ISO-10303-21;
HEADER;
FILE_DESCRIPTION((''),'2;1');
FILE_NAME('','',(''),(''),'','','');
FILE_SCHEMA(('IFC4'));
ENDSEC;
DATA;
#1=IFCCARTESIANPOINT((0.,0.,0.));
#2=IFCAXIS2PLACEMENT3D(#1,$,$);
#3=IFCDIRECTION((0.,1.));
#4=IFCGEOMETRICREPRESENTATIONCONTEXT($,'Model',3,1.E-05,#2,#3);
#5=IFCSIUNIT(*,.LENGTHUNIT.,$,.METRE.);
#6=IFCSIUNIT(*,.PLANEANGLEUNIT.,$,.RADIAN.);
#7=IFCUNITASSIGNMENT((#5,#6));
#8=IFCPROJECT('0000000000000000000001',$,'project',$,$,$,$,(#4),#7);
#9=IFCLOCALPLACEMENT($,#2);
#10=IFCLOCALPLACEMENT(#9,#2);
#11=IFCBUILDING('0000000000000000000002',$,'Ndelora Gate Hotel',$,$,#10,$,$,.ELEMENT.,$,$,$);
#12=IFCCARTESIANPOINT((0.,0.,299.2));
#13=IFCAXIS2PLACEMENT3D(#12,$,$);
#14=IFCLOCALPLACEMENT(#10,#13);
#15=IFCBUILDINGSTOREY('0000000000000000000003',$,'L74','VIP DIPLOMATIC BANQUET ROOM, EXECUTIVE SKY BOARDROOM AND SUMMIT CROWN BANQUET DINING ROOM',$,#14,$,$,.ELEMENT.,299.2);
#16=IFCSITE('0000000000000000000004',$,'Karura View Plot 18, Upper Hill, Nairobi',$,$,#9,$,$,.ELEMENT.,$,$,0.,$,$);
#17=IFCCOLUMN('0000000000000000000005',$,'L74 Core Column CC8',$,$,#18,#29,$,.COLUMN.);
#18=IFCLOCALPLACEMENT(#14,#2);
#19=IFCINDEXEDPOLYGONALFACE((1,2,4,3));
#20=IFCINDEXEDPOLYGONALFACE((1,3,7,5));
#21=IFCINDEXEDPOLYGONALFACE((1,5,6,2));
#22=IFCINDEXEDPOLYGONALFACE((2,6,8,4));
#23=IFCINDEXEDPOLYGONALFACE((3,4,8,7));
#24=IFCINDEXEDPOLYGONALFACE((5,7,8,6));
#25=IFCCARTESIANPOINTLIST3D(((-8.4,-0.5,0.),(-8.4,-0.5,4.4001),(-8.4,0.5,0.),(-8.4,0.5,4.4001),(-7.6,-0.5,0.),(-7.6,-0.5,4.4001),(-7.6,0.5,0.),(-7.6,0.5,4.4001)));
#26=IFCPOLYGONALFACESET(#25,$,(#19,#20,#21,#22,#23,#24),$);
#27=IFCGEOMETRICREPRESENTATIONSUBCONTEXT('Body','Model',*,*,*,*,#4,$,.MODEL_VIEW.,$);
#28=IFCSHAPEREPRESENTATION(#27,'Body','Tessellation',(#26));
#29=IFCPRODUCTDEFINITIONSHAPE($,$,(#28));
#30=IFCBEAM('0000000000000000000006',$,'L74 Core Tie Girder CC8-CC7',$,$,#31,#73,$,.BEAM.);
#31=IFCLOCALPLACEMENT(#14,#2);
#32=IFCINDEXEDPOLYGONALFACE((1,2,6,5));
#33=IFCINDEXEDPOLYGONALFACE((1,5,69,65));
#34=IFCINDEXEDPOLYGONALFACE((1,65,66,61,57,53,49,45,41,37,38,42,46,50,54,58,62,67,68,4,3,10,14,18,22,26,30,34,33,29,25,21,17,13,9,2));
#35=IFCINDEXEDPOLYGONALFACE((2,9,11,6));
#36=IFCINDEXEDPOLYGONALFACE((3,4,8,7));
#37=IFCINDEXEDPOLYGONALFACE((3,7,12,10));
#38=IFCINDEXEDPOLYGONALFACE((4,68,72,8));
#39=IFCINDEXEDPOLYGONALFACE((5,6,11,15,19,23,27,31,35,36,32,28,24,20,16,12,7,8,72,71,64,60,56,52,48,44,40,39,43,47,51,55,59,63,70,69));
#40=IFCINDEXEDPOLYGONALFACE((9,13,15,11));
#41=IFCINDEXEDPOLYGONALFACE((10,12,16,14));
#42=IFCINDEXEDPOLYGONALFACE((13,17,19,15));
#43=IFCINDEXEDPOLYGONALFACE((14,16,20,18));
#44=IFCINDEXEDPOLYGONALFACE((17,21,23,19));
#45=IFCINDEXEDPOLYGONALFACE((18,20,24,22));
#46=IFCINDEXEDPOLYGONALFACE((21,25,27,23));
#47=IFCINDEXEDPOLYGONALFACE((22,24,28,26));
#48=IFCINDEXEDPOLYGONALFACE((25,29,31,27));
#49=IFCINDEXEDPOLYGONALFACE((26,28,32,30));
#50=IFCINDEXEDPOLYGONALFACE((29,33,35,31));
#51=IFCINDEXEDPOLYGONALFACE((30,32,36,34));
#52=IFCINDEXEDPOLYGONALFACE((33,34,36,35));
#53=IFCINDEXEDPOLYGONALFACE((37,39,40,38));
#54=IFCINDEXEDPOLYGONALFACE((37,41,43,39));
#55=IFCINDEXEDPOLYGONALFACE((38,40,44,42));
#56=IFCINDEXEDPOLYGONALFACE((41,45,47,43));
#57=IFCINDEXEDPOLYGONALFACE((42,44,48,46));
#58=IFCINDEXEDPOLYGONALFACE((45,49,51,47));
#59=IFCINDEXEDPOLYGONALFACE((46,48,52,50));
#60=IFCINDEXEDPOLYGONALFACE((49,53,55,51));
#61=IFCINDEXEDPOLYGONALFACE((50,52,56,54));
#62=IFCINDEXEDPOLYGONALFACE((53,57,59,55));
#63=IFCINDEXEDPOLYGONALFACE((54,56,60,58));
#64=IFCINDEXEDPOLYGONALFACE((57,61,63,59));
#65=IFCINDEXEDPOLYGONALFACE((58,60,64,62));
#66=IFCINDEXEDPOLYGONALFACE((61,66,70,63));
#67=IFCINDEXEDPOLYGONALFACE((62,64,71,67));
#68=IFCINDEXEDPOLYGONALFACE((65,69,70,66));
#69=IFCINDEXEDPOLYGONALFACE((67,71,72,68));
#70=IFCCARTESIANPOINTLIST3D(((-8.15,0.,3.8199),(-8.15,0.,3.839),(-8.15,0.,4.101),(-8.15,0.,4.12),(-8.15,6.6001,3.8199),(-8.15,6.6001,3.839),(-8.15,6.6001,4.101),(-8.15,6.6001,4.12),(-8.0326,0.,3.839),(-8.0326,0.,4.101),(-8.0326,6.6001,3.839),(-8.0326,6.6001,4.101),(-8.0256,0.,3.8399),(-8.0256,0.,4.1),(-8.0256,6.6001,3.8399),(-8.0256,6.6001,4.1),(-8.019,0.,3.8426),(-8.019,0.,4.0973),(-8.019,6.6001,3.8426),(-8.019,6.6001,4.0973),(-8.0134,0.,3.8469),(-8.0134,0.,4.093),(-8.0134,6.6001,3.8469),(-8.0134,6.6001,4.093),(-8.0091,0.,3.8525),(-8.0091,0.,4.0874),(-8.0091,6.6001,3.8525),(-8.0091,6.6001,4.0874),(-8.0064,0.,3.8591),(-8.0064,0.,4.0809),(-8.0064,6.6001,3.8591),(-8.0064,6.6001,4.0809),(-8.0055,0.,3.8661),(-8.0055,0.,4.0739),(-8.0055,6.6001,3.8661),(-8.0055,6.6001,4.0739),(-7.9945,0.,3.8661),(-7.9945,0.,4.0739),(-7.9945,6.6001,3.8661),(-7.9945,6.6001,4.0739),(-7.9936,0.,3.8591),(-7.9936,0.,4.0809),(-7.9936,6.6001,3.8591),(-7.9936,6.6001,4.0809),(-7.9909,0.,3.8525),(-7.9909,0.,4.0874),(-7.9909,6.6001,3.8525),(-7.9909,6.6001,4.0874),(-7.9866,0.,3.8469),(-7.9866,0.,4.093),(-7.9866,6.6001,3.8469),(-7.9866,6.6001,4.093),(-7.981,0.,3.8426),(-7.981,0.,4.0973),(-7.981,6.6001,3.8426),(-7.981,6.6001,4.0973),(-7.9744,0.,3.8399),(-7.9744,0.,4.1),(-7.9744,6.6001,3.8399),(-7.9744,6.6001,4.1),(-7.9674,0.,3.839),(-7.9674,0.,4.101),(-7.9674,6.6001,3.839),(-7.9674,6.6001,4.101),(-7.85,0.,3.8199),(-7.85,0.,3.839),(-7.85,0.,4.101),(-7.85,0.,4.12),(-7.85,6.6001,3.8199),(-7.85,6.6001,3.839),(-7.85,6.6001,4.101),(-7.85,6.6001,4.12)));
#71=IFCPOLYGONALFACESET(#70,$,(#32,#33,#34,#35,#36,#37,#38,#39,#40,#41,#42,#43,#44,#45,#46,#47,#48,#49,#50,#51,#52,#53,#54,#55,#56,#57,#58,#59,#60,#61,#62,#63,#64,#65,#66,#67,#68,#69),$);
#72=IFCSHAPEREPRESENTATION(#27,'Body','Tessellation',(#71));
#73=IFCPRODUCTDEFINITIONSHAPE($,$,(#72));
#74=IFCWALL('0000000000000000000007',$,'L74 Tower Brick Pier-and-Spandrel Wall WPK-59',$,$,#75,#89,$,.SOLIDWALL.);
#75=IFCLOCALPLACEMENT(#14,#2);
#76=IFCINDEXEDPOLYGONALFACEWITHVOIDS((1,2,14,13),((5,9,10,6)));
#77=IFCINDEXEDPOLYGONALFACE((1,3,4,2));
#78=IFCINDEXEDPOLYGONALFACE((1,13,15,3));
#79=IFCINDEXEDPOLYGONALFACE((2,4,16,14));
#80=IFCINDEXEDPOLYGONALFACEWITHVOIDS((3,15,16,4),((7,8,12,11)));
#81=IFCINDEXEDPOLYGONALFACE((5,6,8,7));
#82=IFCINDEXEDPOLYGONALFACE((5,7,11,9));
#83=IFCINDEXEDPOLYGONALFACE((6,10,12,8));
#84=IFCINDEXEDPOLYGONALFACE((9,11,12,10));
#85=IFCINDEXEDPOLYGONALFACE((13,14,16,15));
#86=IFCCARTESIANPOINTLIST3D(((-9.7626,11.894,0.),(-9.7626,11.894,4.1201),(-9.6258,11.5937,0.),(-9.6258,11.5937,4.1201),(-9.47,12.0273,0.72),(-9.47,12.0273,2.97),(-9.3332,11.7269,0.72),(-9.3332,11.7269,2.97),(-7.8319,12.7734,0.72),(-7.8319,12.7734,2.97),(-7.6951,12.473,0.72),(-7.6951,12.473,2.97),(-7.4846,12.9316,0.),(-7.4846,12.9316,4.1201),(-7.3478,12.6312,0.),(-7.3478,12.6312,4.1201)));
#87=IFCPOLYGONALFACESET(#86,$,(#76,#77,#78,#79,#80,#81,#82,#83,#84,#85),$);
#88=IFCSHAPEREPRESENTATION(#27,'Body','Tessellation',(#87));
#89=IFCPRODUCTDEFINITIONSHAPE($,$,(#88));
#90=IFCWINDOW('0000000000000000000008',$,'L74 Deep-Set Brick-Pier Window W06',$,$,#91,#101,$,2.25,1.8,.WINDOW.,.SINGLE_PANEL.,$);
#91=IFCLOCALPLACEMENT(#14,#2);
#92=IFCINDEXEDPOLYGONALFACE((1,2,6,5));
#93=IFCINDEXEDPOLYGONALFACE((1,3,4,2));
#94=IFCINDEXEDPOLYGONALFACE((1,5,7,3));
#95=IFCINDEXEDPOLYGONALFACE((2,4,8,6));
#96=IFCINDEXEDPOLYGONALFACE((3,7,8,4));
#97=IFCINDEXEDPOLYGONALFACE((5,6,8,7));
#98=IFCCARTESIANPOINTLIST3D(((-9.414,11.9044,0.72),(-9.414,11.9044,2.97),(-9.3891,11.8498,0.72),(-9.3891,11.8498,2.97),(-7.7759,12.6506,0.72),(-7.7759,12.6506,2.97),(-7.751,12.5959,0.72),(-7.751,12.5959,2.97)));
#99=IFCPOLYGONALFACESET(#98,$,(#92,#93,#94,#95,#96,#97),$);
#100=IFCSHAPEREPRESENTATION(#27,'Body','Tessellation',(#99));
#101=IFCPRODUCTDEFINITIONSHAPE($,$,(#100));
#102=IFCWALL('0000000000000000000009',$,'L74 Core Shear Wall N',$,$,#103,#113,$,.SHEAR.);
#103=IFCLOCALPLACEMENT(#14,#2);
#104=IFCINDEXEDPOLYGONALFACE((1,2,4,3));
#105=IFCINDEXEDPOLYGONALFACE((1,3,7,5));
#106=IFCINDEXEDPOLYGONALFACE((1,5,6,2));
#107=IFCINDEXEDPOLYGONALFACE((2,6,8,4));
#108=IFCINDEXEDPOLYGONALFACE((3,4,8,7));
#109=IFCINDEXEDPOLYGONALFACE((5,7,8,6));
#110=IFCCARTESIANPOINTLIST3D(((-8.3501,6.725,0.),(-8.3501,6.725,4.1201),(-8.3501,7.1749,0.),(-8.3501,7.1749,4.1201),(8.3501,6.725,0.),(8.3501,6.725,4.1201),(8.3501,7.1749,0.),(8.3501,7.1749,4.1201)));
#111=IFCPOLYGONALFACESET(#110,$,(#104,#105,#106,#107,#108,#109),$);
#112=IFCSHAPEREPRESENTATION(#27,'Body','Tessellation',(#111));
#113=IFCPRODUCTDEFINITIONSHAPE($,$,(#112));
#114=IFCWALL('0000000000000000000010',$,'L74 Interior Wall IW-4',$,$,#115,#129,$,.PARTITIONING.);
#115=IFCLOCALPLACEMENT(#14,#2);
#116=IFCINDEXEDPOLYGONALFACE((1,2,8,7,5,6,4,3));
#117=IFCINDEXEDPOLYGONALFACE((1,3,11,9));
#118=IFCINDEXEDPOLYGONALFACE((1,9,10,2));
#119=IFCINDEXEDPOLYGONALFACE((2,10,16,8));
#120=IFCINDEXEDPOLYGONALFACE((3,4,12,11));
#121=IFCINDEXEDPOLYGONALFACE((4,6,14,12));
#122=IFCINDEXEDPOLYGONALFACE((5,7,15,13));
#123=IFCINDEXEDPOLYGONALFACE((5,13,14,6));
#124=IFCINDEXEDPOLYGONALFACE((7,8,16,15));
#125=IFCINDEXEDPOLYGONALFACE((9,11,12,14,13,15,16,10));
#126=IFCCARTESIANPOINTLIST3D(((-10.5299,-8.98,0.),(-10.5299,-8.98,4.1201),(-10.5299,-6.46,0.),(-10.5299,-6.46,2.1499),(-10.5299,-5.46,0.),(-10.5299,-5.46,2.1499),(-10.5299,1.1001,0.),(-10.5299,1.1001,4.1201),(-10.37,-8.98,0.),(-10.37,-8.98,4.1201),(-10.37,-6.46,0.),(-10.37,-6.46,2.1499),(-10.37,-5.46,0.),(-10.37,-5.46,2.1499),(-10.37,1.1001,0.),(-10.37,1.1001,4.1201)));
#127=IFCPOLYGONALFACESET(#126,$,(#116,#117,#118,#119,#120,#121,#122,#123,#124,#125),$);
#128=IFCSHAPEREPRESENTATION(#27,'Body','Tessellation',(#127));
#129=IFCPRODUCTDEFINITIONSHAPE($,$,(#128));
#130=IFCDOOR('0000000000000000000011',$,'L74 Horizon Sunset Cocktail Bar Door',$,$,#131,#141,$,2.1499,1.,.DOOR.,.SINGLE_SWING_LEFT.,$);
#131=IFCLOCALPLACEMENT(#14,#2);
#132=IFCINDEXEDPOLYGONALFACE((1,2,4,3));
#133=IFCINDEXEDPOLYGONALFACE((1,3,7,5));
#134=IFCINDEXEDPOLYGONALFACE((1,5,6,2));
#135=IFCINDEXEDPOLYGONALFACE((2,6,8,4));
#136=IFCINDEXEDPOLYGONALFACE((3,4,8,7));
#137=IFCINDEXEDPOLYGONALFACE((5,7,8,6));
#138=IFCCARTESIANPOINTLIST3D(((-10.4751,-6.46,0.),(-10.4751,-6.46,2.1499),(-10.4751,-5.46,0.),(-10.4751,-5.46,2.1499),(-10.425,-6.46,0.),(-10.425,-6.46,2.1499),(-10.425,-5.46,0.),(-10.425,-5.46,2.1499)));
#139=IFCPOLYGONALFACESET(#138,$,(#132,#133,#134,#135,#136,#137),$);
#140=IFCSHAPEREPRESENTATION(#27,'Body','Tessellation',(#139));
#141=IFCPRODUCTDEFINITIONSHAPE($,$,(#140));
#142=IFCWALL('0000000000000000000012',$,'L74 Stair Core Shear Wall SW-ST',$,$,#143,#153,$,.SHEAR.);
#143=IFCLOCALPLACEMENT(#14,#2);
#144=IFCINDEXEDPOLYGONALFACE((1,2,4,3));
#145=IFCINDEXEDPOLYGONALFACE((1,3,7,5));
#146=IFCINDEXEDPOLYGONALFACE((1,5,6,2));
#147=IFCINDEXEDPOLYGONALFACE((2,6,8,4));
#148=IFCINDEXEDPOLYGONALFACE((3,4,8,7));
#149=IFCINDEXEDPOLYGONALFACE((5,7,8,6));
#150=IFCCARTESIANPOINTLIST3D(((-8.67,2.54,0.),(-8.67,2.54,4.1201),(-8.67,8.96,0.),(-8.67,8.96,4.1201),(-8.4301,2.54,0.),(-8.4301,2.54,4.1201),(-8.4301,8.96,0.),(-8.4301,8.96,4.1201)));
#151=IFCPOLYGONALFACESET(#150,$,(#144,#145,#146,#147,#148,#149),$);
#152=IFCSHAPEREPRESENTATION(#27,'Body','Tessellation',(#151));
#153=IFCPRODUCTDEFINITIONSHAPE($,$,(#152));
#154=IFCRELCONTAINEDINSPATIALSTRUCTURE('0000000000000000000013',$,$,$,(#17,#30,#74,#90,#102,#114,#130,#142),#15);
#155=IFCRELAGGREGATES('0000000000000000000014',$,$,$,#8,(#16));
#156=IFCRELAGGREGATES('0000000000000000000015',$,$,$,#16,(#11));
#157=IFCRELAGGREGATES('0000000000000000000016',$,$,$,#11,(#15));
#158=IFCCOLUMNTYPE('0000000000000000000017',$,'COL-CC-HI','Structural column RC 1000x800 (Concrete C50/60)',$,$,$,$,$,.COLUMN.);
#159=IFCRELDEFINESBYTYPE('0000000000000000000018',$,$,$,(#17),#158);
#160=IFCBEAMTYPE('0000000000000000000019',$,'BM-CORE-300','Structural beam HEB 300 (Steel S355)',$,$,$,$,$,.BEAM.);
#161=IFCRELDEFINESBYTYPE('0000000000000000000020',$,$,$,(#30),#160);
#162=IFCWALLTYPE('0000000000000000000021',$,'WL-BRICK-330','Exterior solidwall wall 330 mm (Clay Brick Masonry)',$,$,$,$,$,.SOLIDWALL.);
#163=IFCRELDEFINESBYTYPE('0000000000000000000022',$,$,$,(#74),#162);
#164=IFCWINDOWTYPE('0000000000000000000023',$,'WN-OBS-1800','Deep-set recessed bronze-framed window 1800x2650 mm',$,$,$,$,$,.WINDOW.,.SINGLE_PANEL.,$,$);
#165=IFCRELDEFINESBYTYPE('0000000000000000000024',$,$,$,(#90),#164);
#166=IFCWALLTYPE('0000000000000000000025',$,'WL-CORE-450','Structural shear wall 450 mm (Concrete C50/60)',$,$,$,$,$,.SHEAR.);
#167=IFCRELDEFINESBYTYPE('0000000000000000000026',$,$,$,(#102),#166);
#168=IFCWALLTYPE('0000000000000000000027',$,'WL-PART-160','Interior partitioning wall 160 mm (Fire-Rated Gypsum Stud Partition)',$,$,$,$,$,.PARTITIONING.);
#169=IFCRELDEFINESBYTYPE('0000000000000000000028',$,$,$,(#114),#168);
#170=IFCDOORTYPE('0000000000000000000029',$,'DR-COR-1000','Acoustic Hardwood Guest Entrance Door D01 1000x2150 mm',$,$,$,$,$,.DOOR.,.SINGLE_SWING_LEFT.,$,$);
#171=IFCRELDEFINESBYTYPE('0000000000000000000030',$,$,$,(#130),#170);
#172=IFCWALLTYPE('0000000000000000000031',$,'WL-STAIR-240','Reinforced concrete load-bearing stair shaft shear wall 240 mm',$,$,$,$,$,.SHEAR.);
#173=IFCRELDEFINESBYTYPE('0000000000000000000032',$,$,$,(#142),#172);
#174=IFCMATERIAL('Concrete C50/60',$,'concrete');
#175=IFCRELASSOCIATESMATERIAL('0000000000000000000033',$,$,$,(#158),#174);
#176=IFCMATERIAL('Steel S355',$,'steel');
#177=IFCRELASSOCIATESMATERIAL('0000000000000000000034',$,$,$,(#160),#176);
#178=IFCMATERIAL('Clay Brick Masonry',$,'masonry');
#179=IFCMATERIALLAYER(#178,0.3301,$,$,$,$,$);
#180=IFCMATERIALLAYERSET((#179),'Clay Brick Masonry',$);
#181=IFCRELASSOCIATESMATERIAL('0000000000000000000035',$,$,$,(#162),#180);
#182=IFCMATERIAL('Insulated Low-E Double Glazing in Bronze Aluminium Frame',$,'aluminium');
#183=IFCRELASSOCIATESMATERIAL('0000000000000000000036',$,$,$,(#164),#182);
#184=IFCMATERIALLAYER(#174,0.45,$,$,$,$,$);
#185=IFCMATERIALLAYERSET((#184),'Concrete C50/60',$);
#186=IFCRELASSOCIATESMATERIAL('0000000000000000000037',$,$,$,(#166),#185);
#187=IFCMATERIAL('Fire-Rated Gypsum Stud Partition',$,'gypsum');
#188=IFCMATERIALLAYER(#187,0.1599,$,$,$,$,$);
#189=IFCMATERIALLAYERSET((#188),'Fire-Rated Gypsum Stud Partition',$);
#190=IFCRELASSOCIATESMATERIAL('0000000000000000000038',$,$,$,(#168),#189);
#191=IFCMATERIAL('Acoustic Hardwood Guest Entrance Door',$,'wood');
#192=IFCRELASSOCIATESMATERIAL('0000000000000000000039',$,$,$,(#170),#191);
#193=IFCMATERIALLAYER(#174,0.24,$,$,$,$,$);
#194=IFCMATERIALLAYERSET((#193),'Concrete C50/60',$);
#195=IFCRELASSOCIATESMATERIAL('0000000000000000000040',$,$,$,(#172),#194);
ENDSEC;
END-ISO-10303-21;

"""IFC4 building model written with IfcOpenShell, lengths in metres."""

from ifc_helpers import new_model, si_unit, direction, frame, frame_2d, origin, origin_2d, place, context, subcontext, project, spatial, rectangle, i_section, extrude, material, layer, layer_set, material_profile, profile_set, type_object, element, fill, save


model = new_model("IFC4")

# Units and contexts
model_context = context("Model", 3, precision=1e-05, world=origin(), true_north=direction((0.0, 1.0)))
body_context = subcontext(model_context, "Body", "Model", "MODEL_VIEW")
ifc_project = project(units=[si_unit("LENGTHUNIT", "METRE"), si_unit("PLANEANGLEUNIT", "RADIAN")], contexts=[model_context])

# Site, building, storey
site_placement = place(None, origin())
site = spatial("IfcSite", under=ifc_project, at=site_placement, Name="Karura View Plot 18, Upper Hill, Nairobi", CompositionType="ELEMENT", RefElevation=0.0)
building_placement = place(site_placement, origin())
building = spatial("IfcBuilding", under=site, at=building_placement, Name="Ndelora Gate Hotel", CompositionType="ELEMENT")
storey_placement = place(building_placement, frame((0.0, 0.0, 299.2)))
storey = spatial("IfcBuildingStorey", under=building, at=storey_placement, Name="L74", Description="VIP DIPLOMATIC BANQUET ROOM, EXECUTIVE SKY BOARDROOM AND SUMMIT CROWN BANQUET DINING ROOM", CompositionType="ELEMENT", Elevation=299.2)

# Column
ifc_material_1 = material(Name="Concrete C50/60", Category="concrete")
ifc_material_profile_1 = material_profile(ifc_material_1, rectangle(XDim=0.8, YDim=1.0, at=origin_2d()), Name="RC 1000x800")
ifc_profile_set_1 = profile_set([ifc_material_profile_1], Name="Concrete C50/60")
column_type = type_object("IfcColumnType", Name="COL-CC-HI", Description="Structural column RC 1000x800 (Concrete C50/60)", PredefinedType="COLUMN", material=ifc_profile_set_1)
column_placement = place(storey_placement, frame((-8.0, 0.0, 0.0), z_axis=(0.0, 0.0, 1.0), x_axis=(1.0, 0.0, 0.0)))
element("IfcColumn", 1, at=column_placement, inside=storey, type_object=column_type, Name="L74 Core Column CC8", PredefinedType="COLUMN", context=body_context, shape_type="SweptSolid", body=[
    extrude(rectangle(XDim=0.8, YDim=1.0, at=origin_2d()), origin(), (0.0, 0.0, 1.0), 4.4001),
])

# Beam
ifc_material_2 = material(Name="Steel S355", Category="steel")
ifc_material_profile_2 = material_profile(ifc_material_2, i_section(OverallWidth=0.3, OverallDepth=0.3, WebThickness=0.011, FlangeThickness=0.019, FilletRadius=0.0271, at=origin_2d()), Name="HEB 300")
ifc_profile_set_2 = profile_set([ifc_material_profile_2], Name="Steel S355")
beam_type = type_object("IfcBeamType", Name="BM-CORE-300", Description="Structural beam HEB 300 (Steel S355)", PredefinedType="BEAM", material=ifc_profile_set_2)
beam_placement = place(storey_placement, frame((-8.0, 0.0, 3.97), z_axis=(0.0, 1.0, 0.0), x_axis=(-1.0, 0.0, 0.0)))
element("IfcBeam", 2, at=beam_placement, inside=storey, type_object=beam_type, Name="L74 Core Tie Girder CC8-CC7", PredefinedType="BEAM", context=body_context, shape_type="SweptSolid", body=[
    extrude(i_section(OverallWidth=0.3, OverallDepth=0.3, WebThickness=0.011, FlangeThickness=0.019, FilletRadius=0.0271, at=origin_2d()), origin(), (0.0, 0.0, 1.0), 6.6001),
])

# Wall, opening, window
ifc_material_3 = material(Name="Clay Brick Masonry", Category="masonry")
ifc_layer_1 = layer(ifc_material_3, 0.3301)
ifc_layer_set_1 = layer_set([ifc_layer_1], Name="Clay Brick Masonry")
wall_type_1 = type_object("IfcWallType", Name="WL-BRICK-330", Description="Exterior solidwall wall 330 mm (Clay Brick Masonry)", PredefinedType="SOLIDWALL", material=ifc_layer_set_1)
wall_1_placement = place(storey_placement, frame((-9.6941, 11.7439, 0.0), z_axis=(0.0, 0.0, 1.0), x_axis=(0.910049, 0.414501, 0.0)))
wall_1 = element("IfcWall", 3, at=wall_1_placement, inside=storey, type_object=wall_type_1, Name="L74 Tower Brick Pier-and-Spandrel Wall WPK-59", PredefinedType="SOLIDWALL", context=body_context, shape_type="SweptSolid", body=[
    extrude(rectangle(XDim=2.5032, YDim=0.3301, at=frame_2d((1.2515, 0.0))), origin(), (0.0, 0.0, 1.0), 4.1201),
])
opening_1_placement = place(wall_1_placement, frame((0.3215, 0.0, 0.72)))
opening_1 = element("IfcOpeningElement", 4, at=opening_1_placement, cuts=wall_1, PredefinedType="OPENING", context=body_context, shape_type="SweptSolid", body=[
    extrude(rectangle(XDim=1.8, YDim=2.25, at=frame_2d((0.8999, 1.125))), frame((0.0, 0.175, 0.0), z_axis=(0.0, -1.0, 0.0), x_axis=(1.0, 0.0, 0.0)), (0.0, 0.0, 1.0), 0.3501),
])
ifc_material_4 = material(Name="Insulated Low-E Double Glazing in Bronze Aluminium Frame", Category="aluminium")
window_type = type_object("IfcWindowType", Name="WN-OBS-1800", Description="Deep-set recessed bronze-framed window 1800x2650 mm", PartitioningType="SINGLE_PANEL", PredefinedType="WINDOW", material=ifc_material_4)
window_placement = place(opening_1_placement, origin())
window = element("IfcWindow", 5, at=window_placement, inside=storey, type_object=window_type, Name="L74 Deep-Set Brick-Pier Window W06", OverallHeight=2.25, OverallWidth=1.8, PartitioningType="SINGLE_PANEL", PredefinedType="WINDOW", context=body_context, shape_type="SweptSolid", body=[
    extrude(rectangle(XDim=1.8, YDim=2.25, at=frame_2d((0.8999, 1.125))), frame((0.0, 0.03, 0.0), z_axis=(0.0, -1.0, 0.0), x_axis=(1.0, 0.0, 0.0)), (0.0, 0.0, 1.0), 0.0601),
])
fill(opening_1, window)

# Wall
ifc_layer_2 = layer(ifc_material_1, 0.45)
ifc_layer_set_2 = layer_set([ifc_layer_2], Name="Concrete C50/60")
wall_type_2 = type_object("IfcWallType", Name="WL-CORE-450", Description="Structural shear wall 450 mm (Concrete C50/60)", PredefinedType="SHEAR", material=ifc_layer_set_2)
wall_2_placement = place(storey_placement, frame((-8.3501, 6.95, 0.0), z_axis=(0.0, 0.0, 1.0), x_axis=(1.0, 0.0, 0.0)))
element("IfcWall", 6, at=wall_2_placement, inside=storey, type_object=wall_type_2, Name="L74 Core Shear Wall N", PredefinedType="SHEAR", context=body_context, shape_type="SweptSolid", body=[
    extrude(rectangle(XDim=16.7002, YDim=0.45, at=frame_2d((8.3501, 0.0))), origin(), (0.0, 0.0, 1.0), 4.1201),
])

# Wall, opening, door
ifc_material_5 = material(Name="Fire-Rated Gypsum Stud Partition", Category="gypsum")
ifc_layer_3 = layer(ifc_material_5, 0.1599)
ifc_layer_set_3 = layer_set([ifc_layer_3], Name="Fire-Rated Gypsum Stud Partition")
wall_type_3 = type_object("IfcWallType", Name="WL-PART-160", Description="Interior partitioning wall 160 mm (Fire-Rated Gypsum Stud Partition)", PredefinedType="PARTITIONING", material=ifc_layer_set_3)
wall_3_placement = place(storey_placement, frame((-10.45, 1.1001, 0.0), z_axis=(0.0, 0.0, 1.0), x_axis=(0.0, -1.0, 0.0)))
wall_3 = element("IfcWall", 7, at=wall_3_placement, inside=storey, type_object=wall_type_3, Name="L74 Interior Wall IW-4", PredefinedType="PARTITIONING", context=body_context, shape_type="SweptSolid", body=[
    extrude(rectangle(XDim=10.0801, YDim=0.1599, at=frame_2d((5.04, 0.0))), origin(), (0.0, 0.0, 1.0), 4.1201),
])
opening_2_placement = place(wall_3_placement, frame((6.5601, 0.0, 0.0)))
opening_2 = element("IfcOpeningElement", 8, at=opening_2_placement, cuts=wall_3, PredefinedType="OPENING", context=body_context, shape_type="SweptSolid", body=[
    extrude(rectangle(XDim=1.0, YDim=2.1499, at=frame_2d((0.5, 1.075))), frame((0.0, 0.0898, 0.0), z_axis=(0.0, -1.0, 0.0), x_axis=(1.0, 0.0, 0.0)), (0.0, 0.0, 1.0), 0.1799),
])
ifc_material_6 = material(Name="Acoustic Hardwood Guest Entrance Door", Category="wood")
door_type_1 = type_object("IfcDoorType", Name="DR-COR-1000", Description="Acoustic Hardwood Guest Entrance Door D01 1000x2150 mm", OperationType="SINGLE_SWING_LEFT", PredefinedType="DOOR", material=ifc_material_6)
door_1_placement = place(opening_2_placement, origin())
door_1 = element("IfcDoor", 9, at=door_1_placement, inside=storey, type_object=door_type_1, Name="L74 Horizon Sunset Cocktail Bar Door", OperationType="SINGLE_SWING_LEFT", OverallHeight=2.1499, OverallWidth=1.0, PredefinedType="DOOR", context=body_context, shape_type="SweptSolid", body=[
    extrude(rectangle(XDim=1.0, YDim=2.1499, at=frame_2d((0.5, 1.075))), frame((0.0, 0.0249, 0.0), z_axis=(0.0, -1.0, 0.0), x_axis=(1.0, 0.0, 0.0)), (0.0, 0.0, 1.0), 0.05),
])
fill(opening_2, door_1)

# Wall
ifc_layer_4 = layer(ifc_material_1, 0.24)
ifc_layer_set_4 = layer_set([ifc_layer_4], Name="Concrete C50/60")
wall_type_4 = type_object("IfcWallType", Name="WL-STAIR-240", Description="Reinforced concrete load-bearing stair shaft shear wall 240 mm", PredefinedType="SHEAR", material=ifc_layer_set_4)
wall_4_placement = place(storey_placement, frame((-8.55, 2.54, 0.0), z_axis=(0.0, 0.0, 1.0), x_axis=(0.0, 1.0, 0.0)))
element("IfcWall", 10, at=wall_4_placement, inside=storey, type_object=wall_type_4, Name="L74 Stair Core Shear Wall SW-ST", PredefinedType="SHEAR", context=body_context, shape_type="SweptSolid", body=[
    extrude(rectangle(XDim=6.4199, YDim=0.24, at=frame_2d((3.21, 0.0))), origin(), (0.0, 0.0, 1.0), 4.1201),
])

save(model, "model.ifc")
